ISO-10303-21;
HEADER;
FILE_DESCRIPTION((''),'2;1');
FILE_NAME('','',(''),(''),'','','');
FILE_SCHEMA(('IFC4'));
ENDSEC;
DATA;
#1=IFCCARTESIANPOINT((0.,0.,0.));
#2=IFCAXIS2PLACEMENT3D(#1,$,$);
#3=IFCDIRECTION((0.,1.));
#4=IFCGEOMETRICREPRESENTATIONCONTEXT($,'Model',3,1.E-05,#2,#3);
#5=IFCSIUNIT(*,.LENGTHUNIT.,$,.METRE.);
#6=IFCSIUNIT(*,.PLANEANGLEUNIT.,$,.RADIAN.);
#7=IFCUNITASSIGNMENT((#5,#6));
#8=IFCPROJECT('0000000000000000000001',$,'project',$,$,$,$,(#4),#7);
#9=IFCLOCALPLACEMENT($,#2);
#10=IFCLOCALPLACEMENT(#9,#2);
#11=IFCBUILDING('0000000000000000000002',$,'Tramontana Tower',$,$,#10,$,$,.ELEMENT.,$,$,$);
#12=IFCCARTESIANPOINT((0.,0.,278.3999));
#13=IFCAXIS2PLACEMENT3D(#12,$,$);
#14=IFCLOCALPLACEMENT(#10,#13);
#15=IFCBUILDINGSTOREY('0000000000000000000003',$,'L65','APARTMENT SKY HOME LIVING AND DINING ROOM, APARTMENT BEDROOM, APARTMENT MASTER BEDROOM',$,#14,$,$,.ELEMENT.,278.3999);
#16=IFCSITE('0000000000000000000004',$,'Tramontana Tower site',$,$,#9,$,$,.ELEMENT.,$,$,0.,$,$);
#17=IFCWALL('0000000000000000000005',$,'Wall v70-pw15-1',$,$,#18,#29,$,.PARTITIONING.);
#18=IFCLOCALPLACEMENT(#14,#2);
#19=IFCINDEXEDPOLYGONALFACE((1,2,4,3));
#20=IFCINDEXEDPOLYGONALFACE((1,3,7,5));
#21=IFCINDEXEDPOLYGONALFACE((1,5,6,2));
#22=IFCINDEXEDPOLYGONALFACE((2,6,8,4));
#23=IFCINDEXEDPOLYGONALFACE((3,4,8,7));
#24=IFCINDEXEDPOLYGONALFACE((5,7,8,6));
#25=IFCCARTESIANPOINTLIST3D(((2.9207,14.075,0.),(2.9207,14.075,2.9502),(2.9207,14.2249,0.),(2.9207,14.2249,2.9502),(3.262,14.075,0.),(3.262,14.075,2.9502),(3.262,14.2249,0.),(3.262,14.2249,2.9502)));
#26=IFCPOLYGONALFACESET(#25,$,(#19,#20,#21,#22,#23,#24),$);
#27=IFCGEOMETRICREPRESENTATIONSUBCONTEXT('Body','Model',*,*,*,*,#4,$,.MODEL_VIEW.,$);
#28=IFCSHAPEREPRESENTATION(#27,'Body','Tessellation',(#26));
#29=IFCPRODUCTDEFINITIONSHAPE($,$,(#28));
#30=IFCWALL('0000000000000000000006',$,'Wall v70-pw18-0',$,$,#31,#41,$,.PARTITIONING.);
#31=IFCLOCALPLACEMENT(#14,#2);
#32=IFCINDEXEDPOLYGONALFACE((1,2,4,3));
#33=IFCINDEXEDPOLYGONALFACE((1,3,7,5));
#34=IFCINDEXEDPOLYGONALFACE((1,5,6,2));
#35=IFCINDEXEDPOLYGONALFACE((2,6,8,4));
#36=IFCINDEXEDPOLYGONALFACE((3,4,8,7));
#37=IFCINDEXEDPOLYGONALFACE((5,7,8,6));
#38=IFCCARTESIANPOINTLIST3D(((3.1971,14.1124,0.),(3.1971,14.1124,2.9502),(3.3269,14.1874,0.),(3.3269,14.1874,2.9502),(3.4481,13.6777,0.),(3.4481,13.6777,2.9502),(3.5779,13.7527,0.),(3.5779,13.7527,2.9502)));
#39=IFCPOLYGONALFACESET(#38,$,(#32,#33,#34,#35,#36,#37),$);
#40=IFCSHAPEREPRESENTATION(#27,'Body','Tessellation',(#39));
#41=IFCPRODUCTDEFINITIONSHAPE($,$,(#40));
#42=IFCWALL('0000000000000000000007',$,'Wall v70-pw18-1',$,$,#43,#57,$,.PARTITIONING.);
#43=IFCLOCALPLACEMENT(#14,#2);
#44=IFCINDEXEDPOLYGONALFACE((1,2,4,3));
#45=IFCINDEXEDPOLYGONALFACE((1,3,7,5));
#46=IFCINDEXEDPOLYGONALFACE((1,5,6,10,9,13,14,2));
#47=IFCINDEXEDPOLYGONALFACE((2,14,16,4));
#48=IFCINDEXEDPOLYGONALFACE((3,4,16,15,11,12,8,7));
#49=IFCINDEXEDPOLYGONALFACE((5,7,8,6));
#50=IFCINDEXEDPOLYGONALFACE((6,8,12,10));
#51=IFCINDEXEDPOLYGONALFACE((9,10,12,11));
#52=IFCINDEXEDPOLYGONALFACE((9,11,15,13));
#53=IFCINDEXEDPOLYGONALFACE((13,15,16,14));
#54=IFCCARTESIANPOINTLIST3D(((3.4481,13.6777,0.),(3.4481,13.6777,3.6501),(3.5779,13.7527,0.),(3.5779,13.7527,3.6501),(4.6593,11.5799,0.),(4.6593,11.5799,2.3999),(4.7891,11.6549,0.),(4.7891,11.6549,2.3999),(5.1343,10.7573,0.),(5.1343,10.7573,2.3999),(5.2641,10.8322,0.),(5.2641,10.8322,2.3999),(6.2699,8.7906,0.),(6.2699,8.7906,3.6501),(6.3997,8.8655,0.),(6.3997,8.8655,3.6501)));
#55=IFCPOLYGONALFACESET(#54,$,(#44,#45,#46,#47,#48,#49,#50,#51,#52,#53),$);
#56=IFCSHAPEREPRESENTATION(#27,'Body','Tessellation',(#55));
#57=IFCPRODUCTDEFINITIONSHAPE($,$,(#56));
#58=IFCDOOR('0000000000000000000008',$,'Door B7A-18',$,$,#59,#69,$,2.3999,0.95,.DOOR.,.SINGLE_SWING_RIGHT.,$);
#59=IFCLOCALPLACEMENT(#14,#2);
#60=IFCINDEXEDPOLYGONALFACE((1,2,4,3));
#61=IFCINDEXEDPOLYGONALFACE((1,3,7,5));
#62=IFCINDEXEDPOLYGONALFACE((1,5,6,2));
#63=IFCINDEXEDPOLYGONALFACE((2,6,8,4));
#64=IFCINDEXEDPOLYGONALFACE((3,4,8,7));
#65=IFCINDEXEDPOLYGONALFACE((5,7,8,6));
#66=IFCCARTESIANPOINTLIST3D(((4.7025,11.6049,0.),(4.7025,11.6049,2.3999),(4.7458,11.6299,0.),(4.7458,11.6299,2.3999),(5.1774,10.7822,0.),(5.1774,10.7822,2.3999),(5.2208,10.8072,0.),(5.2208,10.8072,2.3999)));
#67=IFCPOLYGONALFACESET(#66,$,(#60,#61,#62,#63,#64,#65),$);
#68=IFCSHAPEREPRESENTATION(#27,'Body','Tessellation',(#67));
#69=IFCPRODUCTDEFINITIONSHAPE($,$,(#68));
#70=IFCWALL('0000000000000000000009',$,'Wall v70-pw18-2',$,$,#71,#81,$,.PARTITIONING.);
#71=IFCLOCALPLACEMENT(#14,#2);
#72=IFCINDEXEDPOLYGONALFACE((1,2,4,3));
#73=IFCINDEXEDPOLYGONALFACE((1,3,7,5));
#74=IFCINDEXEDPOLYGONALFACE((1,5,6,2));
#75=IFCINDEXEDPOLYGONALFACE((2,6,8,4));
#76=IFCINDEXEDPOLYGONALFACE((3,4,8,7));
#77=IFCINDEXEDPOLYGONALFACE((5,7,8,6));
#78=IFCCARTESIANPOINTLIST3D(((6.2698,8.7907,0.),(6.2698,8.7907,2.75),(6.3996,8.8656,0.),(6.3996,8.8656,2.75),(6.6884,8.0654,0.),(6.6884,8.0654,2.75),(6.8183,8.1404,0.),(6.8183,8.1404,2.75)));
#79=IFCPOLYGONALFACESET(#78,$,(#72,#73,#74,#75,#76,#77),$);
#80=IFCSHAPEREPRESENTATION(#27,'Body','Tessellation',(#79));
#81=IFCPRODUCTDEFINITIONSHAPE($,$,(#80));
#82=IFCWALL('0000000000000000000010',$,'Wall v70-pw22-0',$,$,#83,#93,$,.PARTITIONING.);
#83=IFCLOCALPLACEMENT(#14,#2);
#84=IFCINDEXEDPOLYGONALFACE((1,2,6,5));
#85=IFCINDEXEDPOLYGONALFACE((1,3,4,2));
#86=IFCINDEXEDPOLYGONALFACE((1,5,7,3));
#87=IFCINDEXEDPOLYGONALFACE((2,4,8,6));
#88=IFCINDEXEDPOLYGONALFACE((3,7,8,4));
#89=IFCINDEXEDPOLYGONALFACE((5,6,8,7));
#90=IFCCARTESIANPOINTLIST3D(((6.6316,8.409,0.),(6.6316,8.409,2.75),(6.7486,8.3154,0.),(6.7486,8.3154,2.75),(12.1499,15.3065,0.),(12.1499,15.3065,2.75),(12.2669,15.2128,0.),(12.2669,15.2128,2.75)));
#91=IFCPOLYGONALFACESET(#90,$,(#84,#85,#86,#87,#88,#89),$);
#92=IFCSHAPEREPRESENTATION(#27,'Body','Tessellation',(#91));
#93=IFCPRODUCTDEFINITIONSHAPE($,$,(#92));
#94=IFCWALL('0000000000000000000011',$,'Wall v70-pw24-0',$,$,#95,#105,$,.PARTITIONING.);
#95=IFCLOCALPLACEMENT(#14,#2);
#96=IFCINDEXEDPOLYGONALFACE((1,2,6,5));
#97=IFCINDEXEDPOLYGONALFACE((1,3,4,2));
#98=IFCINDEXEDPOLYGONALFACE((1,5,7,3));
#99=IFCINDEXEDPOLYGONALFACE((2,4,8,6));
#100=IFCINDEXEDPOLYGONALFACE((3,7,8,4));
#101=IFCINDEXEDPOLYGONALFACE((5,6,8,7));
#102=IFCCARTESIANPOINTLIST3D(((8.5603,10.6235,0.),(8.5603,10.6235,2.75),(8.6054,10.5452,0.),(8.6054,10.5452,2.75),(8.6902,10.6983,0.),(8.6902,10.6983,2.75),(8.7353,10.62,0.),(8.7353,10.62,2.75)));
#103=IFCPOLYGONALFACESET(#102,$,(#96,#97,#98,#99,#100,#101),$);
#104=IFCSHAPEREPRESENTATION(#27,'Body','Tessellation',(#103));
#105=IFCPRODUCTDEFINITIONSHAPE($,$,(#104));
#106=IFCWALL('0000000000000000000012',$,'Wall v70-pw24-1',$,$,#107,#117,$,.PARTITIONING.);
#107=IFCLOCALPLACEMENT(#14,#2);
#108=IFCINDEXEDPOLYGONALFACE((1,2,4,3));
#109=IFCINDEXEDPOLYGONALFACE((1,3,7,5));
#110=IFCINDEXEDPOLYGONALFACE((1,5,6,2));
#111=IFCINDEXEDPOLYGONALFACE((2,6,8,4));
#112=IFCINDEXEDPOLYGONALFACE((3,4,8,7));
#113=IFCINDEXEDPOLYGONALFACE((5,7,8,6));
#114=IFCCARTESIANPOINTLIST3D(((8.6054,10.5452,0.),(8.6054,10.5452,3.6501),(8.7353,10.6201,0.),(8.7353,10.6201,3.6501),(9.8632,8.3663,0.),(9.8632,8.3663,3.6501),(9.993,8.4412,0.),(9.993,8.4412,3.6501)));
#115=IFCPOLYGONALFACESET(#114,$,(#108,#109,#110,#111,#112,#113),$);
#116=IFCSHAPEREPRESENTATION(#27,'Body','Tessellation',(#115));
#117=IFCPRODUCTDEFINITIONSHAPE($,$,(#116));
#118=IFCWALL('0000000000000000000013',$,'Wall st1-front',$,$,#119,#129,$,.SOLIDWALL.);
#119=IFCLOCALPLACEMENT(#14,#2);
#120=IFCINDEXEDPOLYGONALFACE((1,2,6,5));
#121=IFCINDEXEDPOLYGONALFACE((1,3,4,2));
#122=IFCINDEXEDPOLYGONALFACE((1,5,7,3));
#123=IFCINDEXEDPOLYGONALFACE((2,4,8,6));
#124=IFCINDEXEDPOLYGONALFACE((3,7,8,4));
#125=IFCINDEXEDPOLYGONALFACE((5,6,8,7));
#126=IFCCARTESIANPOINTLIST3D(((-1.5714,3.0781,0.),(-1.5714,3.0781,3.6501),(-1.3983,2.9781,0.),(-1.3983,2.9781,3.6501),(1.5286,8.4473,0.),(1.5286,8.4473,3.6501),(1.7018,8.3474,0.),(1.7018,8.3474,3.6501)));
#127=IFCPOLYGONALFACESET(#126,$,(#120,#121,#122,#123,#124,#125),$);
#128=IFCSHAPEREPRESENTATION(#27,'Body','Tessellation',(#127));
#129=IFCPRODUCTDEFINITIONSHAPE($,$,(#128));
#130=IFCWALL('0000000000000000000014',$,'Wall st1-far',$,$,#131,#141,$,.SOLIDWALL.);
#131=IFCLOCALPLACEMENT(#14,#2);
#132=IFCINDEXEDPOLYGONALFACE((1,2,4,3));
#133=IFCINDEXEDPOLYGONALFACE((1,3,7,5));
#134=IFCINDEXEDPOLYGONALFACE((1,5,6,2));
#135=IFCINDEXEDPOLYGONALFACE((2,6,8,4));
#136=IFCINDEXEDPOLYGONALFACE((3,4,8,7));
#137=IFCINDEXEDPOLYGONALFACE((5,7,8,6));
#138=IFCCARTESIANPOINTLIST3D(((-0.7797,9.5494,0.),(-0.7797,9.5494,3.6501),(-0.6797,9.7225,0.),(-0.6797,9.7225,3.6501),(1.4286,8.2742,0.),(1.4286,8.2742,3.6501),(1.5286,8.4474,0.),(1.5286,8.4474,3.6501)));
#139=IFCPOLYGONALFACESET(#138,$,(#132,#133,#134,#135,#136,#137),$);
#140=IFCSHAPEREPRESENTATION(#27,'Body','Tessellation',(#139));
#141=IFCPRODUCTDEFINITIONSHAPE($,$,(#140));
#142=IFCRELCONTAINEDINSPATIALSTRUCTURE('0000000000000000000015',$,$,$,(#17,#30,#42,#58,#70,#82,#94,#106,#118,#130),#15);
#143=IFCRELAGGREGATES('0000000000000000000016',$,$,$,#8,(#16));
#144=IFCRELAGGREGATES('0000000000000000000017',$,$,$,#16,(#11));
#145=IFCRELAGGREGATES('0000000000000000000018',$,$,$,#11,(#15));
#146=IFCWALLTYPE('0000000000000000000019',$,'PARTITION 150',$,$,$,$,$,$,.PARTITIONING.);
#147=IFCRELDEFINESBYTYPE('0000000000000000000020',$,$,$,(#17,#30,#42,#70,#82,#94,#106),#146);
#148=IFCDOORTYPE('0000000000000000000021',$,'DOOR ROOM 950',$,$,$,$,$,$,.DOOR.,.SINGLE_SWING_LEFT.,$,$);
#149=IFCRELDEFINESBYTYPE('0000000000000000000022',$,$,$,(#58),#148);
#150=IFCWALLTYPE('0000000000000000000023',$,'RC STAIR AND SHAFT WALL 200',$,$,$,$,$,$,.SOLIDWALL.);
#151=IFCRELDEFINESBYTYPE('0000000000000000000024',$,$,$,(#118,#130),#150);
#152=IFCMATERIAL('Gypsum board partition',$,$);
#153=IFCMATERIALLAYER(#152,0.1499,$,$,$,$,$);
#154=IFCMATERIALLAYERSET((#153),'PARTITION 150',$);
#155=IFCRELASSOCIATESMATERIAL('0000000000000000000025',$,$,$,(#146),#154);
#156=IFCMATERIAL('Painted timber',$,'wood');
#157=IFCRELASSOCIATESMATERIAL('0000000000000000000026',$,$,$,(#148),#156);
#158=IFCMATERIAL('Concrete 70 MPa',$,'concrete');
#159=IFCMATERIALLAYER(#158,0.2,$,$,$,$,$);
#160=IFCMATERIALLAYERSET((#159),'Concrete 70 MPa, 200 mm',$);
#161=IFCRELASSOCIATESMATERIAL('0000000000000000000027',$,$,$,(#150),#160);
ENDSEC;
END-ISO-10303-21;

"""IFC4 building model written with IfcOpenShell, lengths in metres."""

from ifc_helpers import new_model, si_unit, direction, frame, frame_2d, origin, place, context, subcontext, project, spatial, rectangle, extrude, material, layer, layer_set, type_object, element, fill, save


model = new_model("IFC4")

# Units and contexts
model_context = context("Model", 3, precision=1e-05, world=origin(), true_north=direction((0.0, 1.0)))
body_context = subcontext(model_context, "Body", "Model", "MODEL_VIEW")
ifc_project = project(units=[si_unit("LENGTHUNIT", "METRE"), si_unit("PLANEANGLEUNIT", "RADIAN")], contexts=[model_context])

# Site, building, storey
site_placement = place(None, origin())
site = spatial("IfcSite", under=ifc_project, at=site_placement, Name="Tramontana Tower site", CompositionType="ELEMENT", RefElevation=0.0)
building_placement = place(site_placement, origin())
building = spatial("IfcBuilding", under=site, at=building_placement, Name="Tramontana Tower", CompositionType="ELEMENT")
storey_placement = place(building_placement, frame((0.0, 0.0, 278.3999)))
storey = spatial("IfcBuildingStorey", under=building, at=storey_placement, Name="L65", Description="APARTMENT SKY HOME LIVING AND DINING ROOM, APARTMENT BEDROOM, APARTMENT MASTER BEDROOM", CompositionType="ELEMENT", Elevation=278.3999)

# Walls
ifc_material_1 = material(Name="Gypsum board partition")
ifc_layer_1 = layer(ifc_material_1, 0.1499)
ifc_layer_set_1 = layer_set([ifc_layer_1], Name="PARTITION 150")
wall_type_1 = type_object("IfcWallType", Name="PARTITION 150", PredefinedType="PARTITIONING", material=ifc_layer_set_1)
wall_1_placement = place(storey_placement, frame((2.9207, 14.1499, 0.0), z_axis=(0.0, 0.0, 1.0), x_axis=(1.0, 0.0, 0.0)))
element("IfcWall", 1, at=wall_1_placement, inside=storey, type_object=wall_type_1, Name="Wall v70-pw15-1", PredefinedType="PARTITIONING", context=body_context, shape_type="SweptSolid", body=[
    extrude(rectangle(XDim=0.3413, YDim=0.1499, at=frame_2d((0.1707, 0.0))), origin(), (0.0, 0.0, 1.0), 2.9502),
])
wall_2_placement = place(storey_placement, frame((3.262, 14.1499, 0.0), z_axis=(0.0, 0.0, 1.0), x_axis=(0.500115, -0.865959, 0.0)))
element("IfcWall", 2, at=wall_2_placement, inside=storey, type_object=wall_type_1, Name="Wall v70-pw18-0", PredefinedType="PARTITIONING", context=body_context, shape_type="SweptSolid", body=[
    extrude(rectangle(XDim=0.502, YDim=0.1499, at=frame_2d((0.251, 0.0))), origin(), (0.0, 0.0, 1.0), 2.9502),
])

# Wall, opening, door
wall_3_placement = place(storey_placement, frame((3.5129, 13.7153, 0.0), z_axis=(0.0, 0.0, 1.0), x_axis=(0.50002, -0.866014, 0.0)))
wall_3 = element("IfcWall", 3, at=wall_3_placement, inside=storey, type_object=wall_type_1, Name="Wall v70-pw18-1", PredefinedType="PARTITIONING", context=body_context, shape_type="SweptSolid", body=[
    extrude(rectangle(XDim=5.6433, YDim=0.1499, at=frame_2d((2.8218, 0.0))), origin(), (0.0, 0.0, 1.0), 3.6501),
])
opening_1_placement = place(wall_3_placement, frame((2.4224, 0.0, 0.0)))
opening_1 = element("IfcOpeningElement", 4, at=opening_1_placement, cuts=wall_3, PredefinedType="OPENING", context=body_context, shape_type="SweptSolid", body=[
    extrude(rectangle(XDim=0.95, YDim=2.3999, at=frame_2d((0.4751, 1.2))), frame((0.0, 0.085, 0.0), z_axis=(0.0, -1.0, 0.0), x_axis=(1.0, 0.0, 0.0)), (0.0, 0.0, 1.0), 0.1699),
])
ifc_material_2 = material(Name="Painted timber", Category="wood")
door_type_1 = type_object("IfcDoorType", Name="DOOR ROOM 950", OperationType="SINGLE_SWING_LEFT", PredefinedType="DOOR", material=ifc_material_2)
door_1_placement = place(opening_1_placement, origin())
door_1 = element("IfcDoor", 5, at=door_1_placement, inside=storey, type_object=door_type_1, Name="Door B7A-18", OperationType="SINGLE_SWING_RIGHT", OverallHeight=2.3999, OverallWidth=0.95, PredefinedType="DOOR", context=body_context, shape_type="SweptSolid", body=[
    extrude(rectangle(XDim=0.95, YDim=2.3999, at=frame_2d((0.4751, 1.2))), frame((0.0, 0.0249, 0.0), z_axis=(0.0, -1.0, 0.0), x_axis=(1.0, 0.0, 0.0)), (0.0, 0.0, 1.0), 0.05),
])
fill(opening_1, door_1)

# Walls
wall_4_placement = place(storey_placement, frame((6.3347, 8.8281, 0.0), z_axis=(0.0, 0.0, 1.0), x_axis=(0.499933, -0.866064, 0.0)))
element("IfcWall", 6, at=wall_4_placement, inside=storey, type_object=wall_type_1, Name="Wall v70-pw18-2", PredefinedType="PARTITIONING", context=body_context, shape_type="SweptSolid", body=[
    extrude(rectangle(XDim=0.8374, YDim=0.1499, at=frame_2d((0.4187, 0.0))), origin(), (0.0, 0.0, 1.0), 2.75),
])
wall_5_placement = place(storey_placement, frame((6.6902, 8.3623, 0.0), z_axis=(0.0, 0.0, 1.0), x_axis=(0.624719, 0.78085, 0.0)))
element("IfcWall", 7, at=wall_5_placement, inside=storey, type_object=wall_type_1, Name="Wall v70-pw22-0", PredefinedType="PARTITIONING", context=body_context, shape_type="SweptSolid", body=[
    extrude(rectangle(XDim=8.8333, YDim=0.1499, at=frame_2d((4.4165, 0.0))), origin(), (0.0, 0.0, 1.0), 2.75),
])
wall_6_placement = place(storey_placement, frame((8.6252, 10.6609, 0.0), z_axis=(0.0, 0.0, 1.0), x_axis=(0.499333, -0.86641, 0.0)))
element("IfcWall", 8, at=wall_6_placement, inside=storey, type_object=wall_type_1, Name="Wall v70-pw24-0", PredefinedType="PARTITIONING", context=body_context, shape_type="SweptSolid", body=[
    extrude(rectangle(XDim=0.0903, YDim=0.1499, at=frame_2d((0.0452, 0.0))), origin(), (0.0, 0.0, 1.0), 2.75),
])
wall_7_placement = place(storey_placement, frame((8.6704, 10.5825, 0.0), z_axis=(0.0, 0.0, 1.0), x_axis=(0.499938, -0.866061, 0.0)))
element("IfcWall", 9, at=wall_7_placement, inside=storey, type_object=wall_type_1, Name="Wall v70-pw24-1", PredefinedType="PARTITIONING", context=body_context, shape_type="SweptSolid", body=[
    extrude(rectangle(XDim=2.5159, YDim=0.1499, at=frame_2d((1.2578, 0.0))), origin(), (0.0, 0.0, 1.0), 3.6501),
])
ifc_material_3 = material(Name="Concrete 70 MPa", Category="concrete")
ifc_layer_2 = layer(ifc_material_3, 0.2)
ifc_layer_set_2 = layer_set([ifc_layer_2], Name="Concrete 70 MPa, 200 mm")
wall_type_2 = type_object("IfcWallType", Name="RC STAIR AND SHAFT WALL 200", PredefinedType="SOLIDWALL", material=ifc_layer_set_2)
wall_8_placement = place(storey_placement, frame((1.6152, 8.3975, 0.0), z_axis=(0.0, 0.0, 1.0), x_axis=(-0.50001, -0.86602, 0.0)))
element("IfcWall", 10, at=wall_8_placement, inside=storey, type_object=wall_type_2, Name="Wall st1-front", PredefinedType="SOLIDWALL", context=body_context, shape_type="SweptSolid", body=[
    extrude(rectangle(XDim=6.2, YDim=0.2, at=frame_2d((3.1001, 0.0))), origin(), (0.0, 0.0, 1.0), 3.6501),
])
wall_9_placement = place(storey_placement, frame((1.4785, 8.3608, 0.0), z_axis=(0.0, 0.0, 1.0), x_axis=(-0.865989, 0.500062, 0.0)))
element("IfcWall", 11, at=wall_9_placement, inside=storey, type_object=wall_type_2, Name="Wall st1-far", PredefinedType="SOLIDWALL", context=body_context, shape_type="SweptSolid", body=[
    extrude(rectangle(XDim=2.55, YDim=0.2, at=frame_2d((1.2749, 0.0))), origin(), (0.0, 0.0, 1.0), 3.6501),
])

save(model, "model.ifc")
